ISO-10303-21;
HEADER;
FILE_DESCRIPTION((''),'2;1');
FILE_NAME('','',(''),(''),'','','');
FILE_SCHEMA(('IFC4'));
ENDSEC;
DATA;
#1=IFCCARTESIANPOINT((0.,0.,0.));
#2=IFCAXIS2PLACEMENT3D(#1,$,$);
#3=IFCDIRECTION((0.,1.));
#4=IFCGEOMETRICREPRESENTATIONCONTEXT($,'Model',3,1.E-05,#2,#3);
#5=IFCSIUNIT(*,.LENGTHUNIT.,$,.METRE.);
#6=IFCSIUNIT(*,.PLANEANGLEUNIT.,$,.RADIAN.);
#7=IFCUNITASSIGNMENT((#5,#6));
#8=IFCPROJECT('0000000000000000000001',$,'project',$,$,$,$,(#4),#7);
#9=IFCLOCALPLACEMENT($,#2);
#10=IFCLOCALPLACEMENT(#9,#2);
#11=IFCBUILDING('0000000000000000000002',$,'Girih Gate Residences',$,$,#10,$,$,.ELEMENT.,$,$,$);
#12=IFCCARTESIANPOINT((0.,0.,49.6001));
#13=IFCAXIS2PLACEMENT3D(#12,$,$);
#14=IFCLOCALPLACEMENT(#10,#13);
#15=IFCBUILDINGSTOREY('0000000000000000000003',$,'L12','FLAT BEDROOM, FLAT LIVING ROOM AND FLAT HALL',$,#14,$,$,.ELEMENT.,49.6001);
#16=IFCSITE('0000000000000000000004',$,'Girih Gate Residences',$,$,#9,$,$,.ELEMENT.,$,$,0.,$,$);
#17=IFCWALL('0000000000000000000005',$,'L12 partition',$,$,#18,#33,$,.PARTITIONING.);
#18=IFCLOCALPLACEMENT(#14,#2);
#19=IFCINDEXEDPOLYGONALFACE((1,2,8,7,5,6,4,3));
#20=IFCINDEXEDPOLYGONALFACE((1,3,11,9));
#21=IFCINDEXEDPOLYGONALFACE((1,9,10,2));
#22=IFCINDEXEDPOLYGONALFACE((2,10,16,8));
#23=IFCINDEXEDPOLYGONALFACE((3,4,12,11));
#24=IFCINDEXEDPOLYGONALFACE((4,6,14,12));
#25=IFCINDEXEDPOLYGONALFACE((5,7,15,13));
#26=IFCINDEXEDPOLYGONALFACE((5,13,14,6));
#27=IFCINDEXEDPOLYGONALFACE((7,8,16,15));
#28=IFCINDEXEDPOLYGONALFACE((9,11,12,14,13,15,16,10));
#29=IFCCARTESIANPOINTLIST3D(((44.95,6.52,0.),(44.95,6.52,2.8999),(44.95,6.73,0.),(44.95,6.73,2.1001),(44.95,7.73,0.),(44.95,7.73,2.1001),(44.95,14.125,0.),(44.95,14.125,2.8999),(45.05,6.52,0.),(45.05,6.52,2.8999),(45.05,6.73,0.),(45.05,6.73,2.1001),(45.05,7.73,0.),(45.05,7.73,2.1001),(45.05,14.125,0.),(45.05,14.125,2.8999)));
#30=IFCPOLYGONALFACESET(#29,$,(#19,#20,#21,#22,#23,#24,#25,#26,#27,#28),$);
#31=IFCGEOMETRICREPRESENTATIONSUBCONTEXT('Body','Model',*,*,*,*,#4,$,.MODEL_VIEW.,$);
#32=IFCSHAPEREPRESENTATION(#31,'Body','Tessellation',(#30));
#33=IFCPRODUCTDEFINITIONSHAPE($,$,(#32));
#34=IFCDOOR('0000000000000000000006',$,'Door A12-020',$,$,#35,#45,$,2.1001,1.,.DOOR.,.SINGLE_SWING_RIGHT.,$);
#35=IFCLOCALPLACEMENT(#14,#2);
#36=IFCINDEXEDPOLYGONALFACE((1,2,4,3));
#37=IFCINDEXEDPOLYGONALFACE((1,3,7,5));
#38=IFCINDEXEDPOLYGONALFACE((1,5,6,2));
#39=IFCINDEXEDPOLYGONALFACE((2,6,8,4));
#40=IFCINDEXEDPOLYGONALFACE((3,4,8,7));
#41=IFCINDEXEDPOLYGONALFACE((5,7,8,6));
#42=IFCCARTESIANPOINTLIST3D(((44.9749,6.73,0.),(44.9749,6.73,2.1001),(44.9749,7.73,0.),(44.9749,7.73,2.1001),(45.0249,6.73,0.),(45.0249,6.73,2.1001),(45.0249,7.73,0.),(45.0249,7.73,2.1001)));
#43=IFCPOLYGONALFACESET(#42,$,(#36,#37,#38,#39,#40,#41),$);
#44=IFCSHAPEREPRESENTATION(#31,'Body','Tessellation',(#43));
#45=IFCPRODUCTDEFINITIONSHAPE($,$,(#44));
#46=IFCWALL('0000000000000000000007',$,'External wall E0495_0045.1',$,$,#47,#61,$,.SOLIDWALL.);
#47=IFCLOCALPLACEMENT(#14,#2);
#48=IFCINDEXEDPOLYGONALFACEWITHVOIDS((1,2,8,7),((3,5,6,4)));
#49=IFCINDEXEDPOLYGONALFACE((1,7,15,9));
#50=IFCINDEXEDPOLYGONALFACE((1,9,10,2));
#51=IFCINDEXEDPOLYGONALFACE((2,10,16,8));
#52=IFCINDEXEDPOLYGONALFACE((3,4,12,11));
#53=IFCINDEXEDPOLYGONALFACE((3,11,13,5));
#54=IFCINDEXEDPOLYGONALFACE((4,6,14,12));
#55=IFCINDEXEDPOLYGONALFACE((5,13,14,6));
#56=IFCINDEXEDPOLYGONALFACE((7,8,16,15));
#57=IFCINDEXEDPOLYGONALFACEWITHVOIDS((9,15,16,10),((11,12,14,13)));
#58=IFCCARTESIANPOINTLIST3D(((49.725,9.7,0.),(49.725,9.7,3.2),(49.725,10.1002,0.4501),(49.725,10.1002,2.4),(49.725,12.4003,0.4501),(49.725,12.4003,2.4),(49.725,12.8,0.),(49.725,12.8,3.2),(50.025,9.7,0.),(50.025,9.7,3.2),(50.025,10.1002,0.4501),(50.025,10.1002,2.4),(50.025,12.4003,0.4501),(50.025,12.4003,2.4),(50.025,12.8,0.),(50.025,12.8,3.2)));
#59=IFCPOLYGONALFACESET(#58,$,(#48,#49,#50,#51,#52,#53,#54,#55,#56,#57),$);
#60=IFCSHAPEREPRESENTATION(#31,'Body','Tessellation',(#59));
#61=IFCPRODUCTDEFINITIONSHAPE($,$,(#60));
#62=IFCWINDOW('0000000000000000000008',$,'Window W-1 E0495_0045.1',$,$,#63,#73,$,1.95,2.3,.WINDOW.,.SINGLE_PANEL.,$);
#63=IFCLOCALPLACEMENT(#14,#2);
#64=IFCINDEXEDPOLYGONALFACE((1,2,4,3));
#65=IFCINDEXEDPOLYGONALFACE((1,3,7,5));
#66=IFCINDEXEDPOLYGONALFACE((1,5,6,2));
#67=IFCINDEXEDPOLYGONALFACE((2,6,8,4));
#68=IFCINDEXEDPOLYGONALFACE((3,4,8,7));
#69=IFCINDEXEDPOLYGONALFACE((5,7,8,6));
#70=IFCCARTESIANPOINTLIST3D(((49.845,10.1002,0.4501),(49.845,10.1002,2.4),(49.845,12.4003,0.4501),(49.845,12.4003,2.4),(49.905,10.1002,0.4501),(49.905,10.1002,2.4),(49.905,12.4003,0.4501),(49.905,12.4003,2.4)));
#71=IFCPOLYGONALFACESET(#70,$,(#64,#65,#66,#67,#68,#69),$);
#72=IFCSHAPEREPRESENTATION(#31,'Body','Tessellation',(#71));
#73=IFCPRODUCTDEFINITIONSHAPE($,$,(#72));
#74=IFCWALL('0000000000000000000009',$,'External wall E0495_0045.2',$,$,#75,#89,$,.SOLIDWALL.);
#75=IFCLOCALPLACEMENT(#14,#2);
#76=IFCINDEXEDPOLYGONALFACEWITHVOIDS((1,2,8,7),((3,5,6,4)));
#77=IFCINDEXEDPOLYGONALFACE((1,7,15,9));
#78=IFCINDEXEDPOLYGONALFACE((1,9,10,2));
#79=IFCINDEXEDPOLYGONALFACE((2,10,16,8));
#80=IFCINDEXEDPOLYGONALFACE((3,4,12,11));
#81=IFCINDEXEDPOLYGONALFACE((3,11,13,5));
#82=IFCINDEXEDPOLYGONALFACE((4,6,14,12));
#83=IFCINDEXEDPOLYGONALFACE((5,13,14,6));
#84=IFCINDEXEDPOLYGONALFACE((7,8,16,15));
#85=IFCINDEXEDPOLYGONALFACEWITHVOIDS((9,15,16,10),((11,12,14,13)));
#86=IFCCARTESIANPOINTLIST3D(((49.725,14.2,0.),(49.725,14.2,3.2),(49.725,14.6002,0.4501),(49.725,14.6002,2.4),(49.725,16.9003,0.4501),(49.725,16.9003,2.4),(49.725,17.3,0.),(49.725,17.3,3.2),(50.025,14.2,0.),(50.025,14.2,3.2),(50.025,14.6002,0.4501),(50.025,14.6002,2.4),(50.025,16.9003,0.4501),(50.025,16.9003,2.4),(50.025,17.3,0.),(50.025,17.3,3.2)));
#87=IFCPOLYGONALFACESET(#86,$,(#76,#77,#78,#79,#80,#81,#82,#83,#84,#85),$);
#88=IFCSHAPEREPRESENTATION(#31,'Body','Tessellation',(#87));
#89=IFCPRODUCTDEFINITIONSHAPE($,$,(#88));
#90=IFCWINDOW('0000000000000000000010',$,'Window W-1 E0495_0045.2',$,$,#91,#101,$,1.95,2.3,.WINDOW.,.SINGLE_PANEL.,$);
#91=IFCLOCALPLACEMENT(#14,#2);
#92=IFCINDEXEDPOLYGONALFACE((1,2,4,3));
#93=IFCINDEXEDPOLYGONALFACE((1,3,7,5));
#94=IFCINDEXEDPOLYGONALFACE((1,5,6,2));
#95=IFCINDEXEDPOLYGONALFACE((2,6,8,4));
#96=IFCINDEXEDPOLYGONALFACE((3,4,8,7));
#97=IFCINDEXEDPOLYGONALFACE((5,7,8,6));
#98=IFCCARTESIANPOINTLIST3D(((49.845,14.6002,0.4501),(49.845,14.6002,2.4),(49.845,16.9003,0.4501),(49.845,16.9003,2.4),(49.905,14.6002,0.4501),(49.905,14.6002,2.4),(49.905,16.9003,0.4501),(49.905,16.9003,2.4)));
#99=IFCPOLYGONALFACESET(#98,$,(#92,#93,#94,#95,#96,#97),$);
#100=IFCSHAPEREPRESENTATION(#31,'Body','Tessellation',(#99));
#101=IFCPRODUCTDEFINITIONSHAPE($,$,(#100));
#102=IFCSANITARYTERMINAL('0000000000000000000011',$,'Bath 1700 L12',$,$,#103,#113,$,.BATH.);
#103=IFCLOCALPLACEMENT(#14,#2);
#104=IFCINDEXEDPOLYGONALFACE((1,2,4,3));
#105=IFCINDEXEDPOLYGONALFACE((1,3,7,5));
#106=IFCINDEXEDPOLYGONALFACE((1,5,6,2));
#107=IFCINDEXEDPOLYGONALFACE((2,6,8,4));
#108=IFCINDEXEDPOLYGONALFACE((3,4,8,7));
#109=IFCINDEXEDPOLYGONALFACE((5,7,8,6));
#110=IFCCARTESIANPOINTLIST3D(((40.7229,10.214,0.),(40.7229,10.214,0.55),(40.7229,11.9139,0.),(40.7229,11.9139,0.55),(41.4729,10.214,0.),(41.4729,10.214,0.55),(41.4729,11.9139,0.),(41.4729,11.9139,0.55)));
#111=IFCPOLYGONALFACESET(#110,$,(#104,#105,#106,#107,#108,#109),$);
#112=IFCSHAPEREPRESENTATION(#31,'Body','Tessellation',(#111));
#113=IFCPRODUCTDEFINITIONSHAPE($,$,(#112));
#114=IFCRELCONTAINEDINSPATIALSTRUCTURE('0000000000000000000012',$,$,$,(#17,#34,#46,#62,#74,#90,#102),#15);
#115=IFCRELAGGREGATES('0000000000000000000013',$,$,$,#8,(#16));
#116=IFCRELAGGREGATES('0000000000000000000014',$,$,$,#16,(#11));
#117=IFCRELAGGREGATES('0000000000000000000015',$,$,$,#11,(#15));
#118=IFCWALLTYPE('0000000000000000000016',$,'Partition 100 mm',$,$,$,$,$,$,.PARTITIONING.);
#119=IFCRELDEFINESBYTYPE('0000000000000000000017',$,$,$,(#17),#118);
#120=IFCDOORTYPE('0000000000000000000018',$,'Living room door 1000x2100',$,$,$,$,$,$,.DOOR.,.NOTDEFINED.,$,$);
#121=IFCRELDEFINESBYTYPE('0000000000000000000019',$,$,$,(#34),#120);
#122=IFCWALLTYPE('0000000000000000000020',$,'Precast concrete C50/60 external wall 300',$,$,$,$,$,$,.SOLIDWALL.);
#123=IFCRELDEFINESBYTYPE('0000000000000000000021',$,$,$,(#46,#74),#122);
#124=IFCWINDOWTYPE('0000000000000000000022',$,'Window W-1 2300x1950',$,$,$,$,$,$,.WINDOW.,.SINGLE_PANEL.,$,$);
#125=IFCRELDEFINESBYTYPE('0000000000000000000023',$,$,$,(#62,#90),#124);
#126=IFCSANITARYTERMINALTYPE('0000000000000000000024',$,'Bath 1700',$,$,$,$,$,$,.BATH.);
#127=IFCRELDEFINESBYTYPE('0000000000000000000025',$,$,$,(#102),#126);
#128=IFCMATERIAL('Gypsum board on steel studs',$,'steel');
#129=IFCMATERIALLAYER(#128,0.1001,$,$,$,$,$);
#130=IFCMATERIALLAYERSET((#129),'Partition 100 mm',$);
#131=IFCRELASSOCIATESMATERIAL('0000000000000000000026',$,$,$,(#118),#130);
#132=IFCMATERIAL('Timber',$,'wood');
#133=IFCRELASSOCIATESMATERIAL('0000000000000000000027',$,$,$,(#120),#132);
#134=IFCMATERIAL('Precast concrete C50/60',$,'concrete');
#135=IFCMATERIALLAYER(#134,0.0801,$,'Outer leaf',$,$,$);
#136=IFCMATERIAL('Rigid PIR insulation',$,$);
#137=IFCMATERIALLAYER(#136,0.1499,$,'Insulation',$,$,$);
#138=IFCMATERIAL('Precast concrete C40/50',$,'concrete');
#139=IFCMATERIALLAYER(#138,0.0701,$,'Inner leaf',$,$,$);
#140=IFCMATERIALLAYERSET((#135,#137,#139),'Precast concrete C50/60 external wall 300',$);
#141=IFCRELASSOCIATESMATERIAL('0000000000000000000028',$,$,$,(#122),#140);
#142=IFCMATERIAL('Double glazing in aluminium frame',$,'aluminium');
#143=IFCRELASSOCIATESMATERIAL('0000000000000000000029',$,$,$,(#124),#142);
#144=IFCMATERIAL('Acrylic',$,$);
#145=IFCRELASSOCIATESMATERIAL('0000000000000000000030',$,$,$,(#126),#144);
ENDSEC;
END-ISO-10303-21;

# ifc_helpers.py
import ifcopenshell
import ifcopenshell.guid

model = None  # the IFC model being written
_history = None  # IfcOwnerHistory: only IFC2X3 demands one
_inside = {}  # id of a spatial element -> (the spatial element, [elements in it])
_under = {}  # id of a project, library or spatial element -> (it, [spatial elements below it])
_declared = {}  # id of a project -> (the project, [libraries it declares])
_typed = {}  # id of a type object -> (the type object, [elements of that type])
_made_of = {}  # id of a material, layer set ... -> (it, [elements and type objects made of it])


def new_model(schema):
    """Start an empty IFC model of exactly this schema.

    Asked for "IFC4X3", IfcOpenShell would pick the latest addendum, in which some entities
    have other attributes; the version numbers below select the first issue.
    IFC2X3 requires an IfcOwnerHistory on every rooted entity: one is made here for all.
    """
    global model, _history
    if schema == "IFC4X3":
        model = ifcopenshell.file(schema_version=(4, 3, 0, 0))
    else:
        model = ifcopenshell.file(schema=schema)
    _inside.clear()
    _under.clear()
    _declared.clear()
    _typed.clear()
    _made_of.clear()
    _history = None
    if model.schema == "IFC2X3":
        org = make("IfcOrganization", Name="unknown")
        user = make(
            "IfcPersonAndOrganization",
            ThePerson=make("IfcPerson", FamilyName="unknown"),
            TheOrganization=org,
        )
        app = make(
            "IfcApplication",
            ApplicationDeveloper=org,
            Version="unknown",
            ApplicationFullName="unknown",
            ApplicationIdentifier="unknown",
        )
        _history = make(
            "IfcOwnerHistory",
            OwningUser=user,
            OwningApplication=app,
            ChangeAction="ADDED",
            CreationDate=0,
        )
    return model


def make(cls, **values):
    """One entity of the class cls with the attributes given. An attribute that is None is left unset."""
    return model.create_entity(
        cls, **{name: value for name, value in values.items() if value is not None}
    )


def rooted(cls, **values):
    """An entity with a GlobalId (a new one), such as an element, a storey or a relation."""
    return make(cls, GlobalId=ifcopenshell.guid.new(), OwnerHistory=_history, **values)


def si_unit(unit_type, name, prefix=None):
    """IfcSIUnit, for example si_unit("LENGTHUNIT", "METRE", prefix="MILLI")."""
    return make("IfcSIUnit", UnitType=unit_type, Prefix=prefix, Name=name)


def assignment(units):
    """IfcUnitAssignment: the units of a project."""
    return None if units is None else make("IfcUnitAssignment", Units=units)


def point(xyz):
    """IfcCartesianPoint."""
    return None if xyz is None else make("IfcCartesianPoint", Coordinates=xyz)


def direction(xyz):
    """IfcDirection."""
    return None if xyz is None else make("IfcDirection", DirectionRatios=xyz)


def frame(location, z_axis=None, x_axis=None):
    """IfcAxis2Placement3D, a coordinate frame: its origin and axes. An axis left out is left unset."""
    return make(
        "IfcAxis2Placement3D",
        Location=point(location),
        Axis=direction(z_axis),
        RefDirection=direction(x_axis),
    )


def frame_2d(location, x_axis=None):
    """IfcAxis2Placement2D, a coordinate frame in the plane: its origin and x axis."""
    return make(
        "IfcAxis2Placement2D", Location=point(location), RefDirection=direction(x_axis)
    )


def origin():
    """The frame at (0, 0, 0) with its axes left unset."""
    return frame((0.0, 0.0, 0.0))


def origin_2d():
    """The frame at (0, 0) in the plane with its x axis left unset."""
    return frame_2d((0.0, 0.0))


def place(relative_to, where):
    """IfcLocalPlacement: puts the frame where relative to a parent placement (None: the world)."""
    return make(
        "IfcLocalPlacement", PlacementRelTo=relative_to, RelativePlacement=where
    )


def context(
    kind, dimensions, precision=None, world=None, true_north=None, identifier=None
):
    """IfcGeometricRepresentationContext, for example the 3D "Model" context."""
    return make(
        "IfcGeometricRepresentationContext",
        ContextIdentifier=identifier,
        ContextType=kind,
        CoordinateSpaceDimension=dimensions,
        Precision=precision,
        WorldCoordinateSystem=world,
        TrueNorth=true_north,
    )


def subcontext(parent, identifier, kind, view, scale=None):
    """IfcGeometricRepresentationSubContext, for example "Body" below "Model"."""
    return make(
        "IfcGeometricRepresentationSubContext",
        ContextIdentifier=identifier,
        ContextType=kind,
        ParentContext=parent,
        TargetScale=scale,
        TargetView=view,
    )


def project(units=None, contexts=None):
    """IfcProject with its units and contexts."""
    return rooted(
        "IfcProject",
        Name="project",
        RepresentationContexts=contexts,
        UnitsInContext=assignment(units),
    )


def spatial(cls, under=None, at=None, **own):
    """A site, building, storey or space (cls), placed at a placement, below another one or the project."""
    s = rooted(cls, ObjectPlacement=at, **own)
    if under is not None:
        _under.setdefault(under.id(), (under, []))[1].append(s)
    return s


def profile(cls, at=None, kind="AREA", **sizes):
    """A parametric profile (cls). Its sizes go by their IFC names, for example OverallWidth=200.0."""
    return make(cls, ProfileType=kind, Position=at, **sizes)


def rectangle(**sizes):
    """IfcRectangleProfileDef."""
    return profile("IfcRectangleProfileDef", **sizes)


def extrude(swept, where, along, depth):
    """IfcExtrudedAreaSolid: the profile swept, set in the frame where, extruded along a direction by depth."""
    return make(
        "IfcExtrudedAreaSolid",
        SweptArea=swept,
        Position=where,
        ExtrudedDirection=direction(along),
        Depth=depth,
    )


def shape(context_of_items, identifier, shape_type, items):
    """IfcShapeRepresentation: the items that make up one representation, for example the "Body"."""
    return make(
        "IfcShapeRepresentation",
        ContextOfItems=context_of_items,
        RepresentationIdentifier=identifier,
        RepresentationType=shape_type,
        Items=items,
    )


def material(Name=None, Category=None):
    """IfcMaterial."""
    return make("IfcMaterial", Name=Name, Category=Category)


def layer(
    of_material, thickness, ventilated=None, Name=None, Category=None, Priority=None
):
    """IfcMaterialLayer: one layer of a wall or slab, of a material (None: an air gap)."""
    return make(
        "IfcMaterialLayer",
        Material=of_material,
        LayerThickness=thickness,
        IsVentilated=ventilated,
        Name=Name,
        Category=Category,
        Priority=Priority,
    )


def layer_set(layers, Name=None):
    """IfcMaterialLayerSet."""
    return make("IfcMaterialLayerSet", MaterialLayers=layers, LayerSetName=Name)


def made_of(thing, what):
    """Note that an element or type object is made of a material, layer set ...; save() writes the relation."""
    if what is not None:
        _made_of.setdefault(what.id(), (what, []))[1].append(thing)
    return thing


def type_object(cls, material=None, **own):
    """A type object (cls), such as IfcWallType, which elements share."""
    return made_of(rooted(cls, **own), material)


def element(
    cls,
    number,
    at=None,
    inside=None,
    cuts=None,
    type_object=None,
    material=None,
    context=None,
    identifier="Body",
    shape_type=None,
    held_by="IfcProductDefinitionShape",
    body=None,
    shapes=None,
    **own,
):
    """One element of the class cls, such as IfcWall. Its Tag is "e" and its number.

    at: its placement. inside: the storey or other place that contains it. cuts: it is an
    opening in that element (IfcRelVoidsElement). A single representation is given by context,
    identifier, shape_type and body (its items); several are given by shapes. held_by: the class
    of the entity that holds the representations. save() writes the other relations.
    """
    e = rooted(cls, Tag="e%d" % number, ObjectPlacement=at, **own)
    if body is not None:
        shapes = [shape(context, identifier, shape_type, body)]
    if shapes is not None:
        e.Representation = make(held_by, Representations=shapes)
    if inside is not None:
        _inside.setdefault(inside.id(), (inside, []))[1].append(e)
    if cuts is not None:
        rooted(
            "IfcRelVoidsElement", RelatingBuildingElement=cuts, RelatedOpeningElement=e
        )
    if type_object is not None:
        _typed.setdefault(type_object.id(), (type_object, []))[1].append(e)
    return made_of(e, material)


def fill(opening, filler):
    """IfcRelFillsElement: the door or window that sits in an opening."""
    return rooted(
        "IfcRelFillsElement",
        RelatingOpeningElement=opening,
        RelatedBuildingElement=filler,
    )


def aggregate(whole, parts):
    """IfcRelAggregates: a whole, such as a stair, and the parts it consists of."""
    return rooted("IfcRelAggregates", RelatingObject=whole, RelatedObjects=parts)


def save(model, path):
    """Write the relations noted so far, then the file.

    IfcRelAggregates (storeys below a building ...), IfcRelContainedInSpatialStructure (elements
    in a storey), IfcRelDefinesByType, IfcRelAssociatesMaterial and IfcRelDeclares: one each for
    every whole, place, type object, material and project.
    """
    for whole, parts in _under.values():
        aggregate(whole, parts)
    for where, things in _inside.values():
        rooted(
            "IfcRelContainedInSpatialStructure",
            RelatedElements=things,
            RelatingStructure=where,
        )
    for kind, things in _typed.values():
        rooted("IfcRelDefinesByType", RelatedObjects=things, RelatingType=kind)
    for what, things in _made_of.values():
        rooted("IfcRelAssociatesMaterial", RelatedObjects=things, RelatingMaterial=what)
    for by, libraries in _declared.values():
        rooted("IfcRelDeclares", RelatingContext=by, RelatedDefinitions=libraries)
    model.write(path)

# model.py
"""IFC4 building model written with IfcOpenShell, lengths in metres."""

from ifc_helpers import new_model, si_unit, direction, frame, frame_2d, origin, origin_2d, place, context, subcontext, project, spatial, rectangle, extrude, material, layer, layer_set, type_object, element, fill, save


model = new_model("IFC4")

# Units and contexts
model_context = context("Model", 3, precision=1e-05, world=origin(), true_north=direction((0.0, 1.0)))
body_context = subcontext(model_context, "Body", "Model", "MODEL_VIEW")
ifc_project = project(units=[si_unit("LENGTHUNIT", "METRE"), si_unit("PLANEANGLEUNIT", "RADIAN")], contexts=[model_context])

# Site, building, storey
site_placement = place(None, origin())
site = spatial("IfcSite", under=ifc_project, at=site_placement, Name="Girih Gate Residences", CompositionType="ELEMENT", RefElevation=0.0)
building_placement = place(site_placement, origin())
building = spatial("IfcBuilding", under=site, at=building_placement, Name="Girih Gate Residences", CompositionType="ELEMENT")
storey_placement = place(building_placement, frame((0.0, 0.0, 49.6001)))
storey = spatial("IfcBuildingStorey", under=building, at=storey_placement, Name="L12", Description="FLAT BEDROOM, FLAT LIVING ROOM AND FLAT HALL", CompositionType="ELEMENT", Elevation=49.6001)

# Shared definitions
ifc_material_1 = material(Name="Gypsum board on steel studs", Category="steel")

# Shared definitions
ifc_material_2 = material(Name="Timber", Category="wood")

# Wall, opening, door
ifc_layer_1 = layer(ifc_material_1, 0.1001)
ifc_layer_set_1 = layer_set([ifc_layer_1], Name="Partition 100 mm")
wall_type_1 = type_object("IfcWallType", Name="Partition 100 mm", PredefinedType="PARTITIONING", material=ifc_layer_set_1)
wall_1_placement = place(storey_placement, frame((45.0, 14.125, 0.0), z_axis=(0.0, 0.0, 1.0), x_axis=(0.0, -1.0, 0.0)))
wall_1 = element("IfcWall", 1, at=wall_1_placement, inside=storey, type_object=wall_type_1, Name="L12 partition", PredefinedType="PARTITIONING", context=body_context, shape_type="SweptSolid", body=[
    extrude(rectangle(XDim=7.605, YDim=0.1001, at=frame_2d((3.8025, 0.0))), origin(), (0.0, 0.0, 1.0), 2.8999),
])
opening_1_placement = place(wall_1_placement, frame((6.395, 0.0, 0.0)))
opening_1 = element("IfcOpeningElement", 2, at=opening_1_placement, cuts=wall_1, PredefinedType="OPENING", context=body_context, shape_type="SweptSolid", body=[
    extrude(rectangle(XDim=1.0, YDim=2.1001, at=frame_2d((0.5, 1.05))), frame((0.0, 0.0601, 0.0), z_axis=(0.0, -1.0, 0.0), x_axis=(1.0, 0.0, 0.0)), (0.0, 0.0, 1.0), 0.1201),
])
door_type_1 = type_object("IfcDoorType", Name="Living room door 1000x2100", OperationType="NOTDEFINED", PredefinedType="DOOR", material=ifc_material_2)
door_1_placement = place(opening_1_placement, origin())
door_1 = element("IfcDoor", 3, at=door_1_placement, inside=storey, type_object=door_type_1, Name="Door A12-020", OperationType="SINGLE_SWING_RIGHT", OverallHeight=2.1001, OverallWidth=1.0, PredefinedType="DOOR", context=body_context, shape_type="SweptSolid", body=[
    extrude(rectangle(XDim=1.0, YDim=2.1001, at=frame_2d((0.5, 1.05))), frame((0.0, 0.0249, 0.0), z_axis=(0.0, -1.0, 0.0), x_axis=(1.0, 0.0, 0.0)), (0.0, 0.0, 1.0), 0.05),
])
fill(opening_1, door_1)

# Walls, openings, windows
ifc_material_3 = material(Name="Precast concrete C50/60", Category="concrete")
ifc_layer_2 = layer(ifc_material_3, 0.0801, Name="Outer leaf")
ifc_material_4 = material(Name="Rigid PIR insulation")
ifc_layer_3 = layer(ifc_material_4, 0.1499, Name="Insulation")
ifc_material_5 = material(Name="Precast concrete C40/50", Category="concrete")
ifc_layer_4 = layer(ifc_material_5, 0.0701, Name="Inner leaf")
ifc_layer_set_2 = layer_set([ifc_layer_2, ifc_layer_3, ifc_layer_4], Name="Precast concrete C50/60 external wall 300")
wall_type_2 = type_object("IfcWallType", Name="Precast concrete C50/60 external wall 300", PredefinedType="SOLIDWALL", material=ifc_layer_set_2)
wall_2_placement = place(storey_placement, frame((49.875, 12.8, 0.0), z_axis=(0.0, 0.0, 1.0), x_axis=(0.0, -1.0, 0.0)))
wall_2 = element("IfcWall", 4, at=wall_2_placement, inside=storey, type_object=wall_type_2, Name="External wall E0495_0045.1", PredefinedType="SOLIDWALL", context=body_context, shape_type="SweptSolid", body=[
    extrude(rectangle(XDim=3.1001, YDim=0.3, at=frame_2d((1.55, 0.0))), origin(), (0.0, 0.0, 1.0), 3.2),
])
opening_2_placement = place(wall_2_placement, frame((0.3999, 0.0, 0.45)))
opening_2 = element("IfcOpeningElement", 5, at=opening_2_placement, cuts=wall_2, PredefinedType="OPENING", context=body_context, shape_type="SweptSolid", body=[
    extrude(rectangle(XDim=2.3, YDim=1.95, at=frame_2d((1.1499, 0.9751))), frame((0.0, 0.1599, 0.0), z_axis=(0.0, -1.0, 0.0), x_axis=(1.0, 0.0, 0.0)), (0.0, 0.0, 1.0), 0.3201),
])
ifc_material_6 = material(Name="Double glazing in aluminium frame", Category="aluminium")
window_type = type_object("IfcWindowType", Name="Window W-1 2300x1950", PartitioningType="SINGLE_PANEL", PredefinedType="WINDOW", material=ifc_material_6)
window_1_placement = place(opening_2_placement, origin())
window_1 = element("IfcWindow", 6, at=window_1_placement, inside=storey, type_object=window_type, Name="Window W-1 E0495_0045.1", OverallHeight=1.95, OverallWidth=2.3, PartitioningType="SINGLE_PANEL", PredefinedType="WINDOW", context=body_context, shape_type="SweptSolid", body=[
    extrude(rectangle(XDim=2.3, YDim=1.95, at=frame_2d((1.1499, 0.9751))), frame((0.0, 0.03, 0.0), z_axis=(0.0, -1.0, 0.0), x_axis=(1.0, 0.0, 0.0)), (0.0, 0.0, 1.0), 0.0601),
])
fill(opening_2, window_1)
wall_3_placement = place(storey_placement, frame((49.875, 17.3, 0.0), z_axis=(0.0, 0.0, 1.0), x_axis=(0.0, -1.0, 0.0)))
wall_3 = element("IfcWall", 7, at=wall_3_placement, inside=storey, type_object=wall_type_2, Name="External wall E0495_0045.2", PredefinedType="SOLIDWALL", context=body_context, shape_type="SweptSolid", body=[
    extrude(rectangle(XDim=3.1001, YDim=0.3, at=frame_2d((1.55, 0.0))), origin(), (0.0, 0.0, 1.0), 3.2),
])
opening_3_placement = place(wall_3_placement, frame((0.3999, 0.0, 0.45)))
opening_3 = element("IfcOpeningElement", 8, at=opening_3_placement, cuts=wall_3, PredefinedType="OPENING", context=body_context, shape_type="SweptSolid", body=[
    extrude(rectangle(XDim=2.3, YDim=1.95, at=frame_2d((1.1499, 0.9751))), frame((0.0, 0.1599, 0.0), z_axis=(0.0, -1.0, 0.0), x_axis=(1.0, 0.0, 0.0)), (0.0, 0.0, 1.0), 0.3201),
])
window_2_placement = place(opening_3_placement, origin())
window_2 = element("IfcWindow", 9, at=window_2_placement, inside=storey, type_object=window_type, Name="Window W-1 E0495_0045.2", OverallHeight=1.95, OverallWidth=2.3, PartitioningType="SINGLE_PANEL", PredefinedType="WINDOW", context=body_context, shape_type="SweptSolid", body=[
    extrude(rectangle(XDim=2.3, YDim=1.95, at=frame_2d((1.1499, 0.9751))), frame((0.0, 0.03, 0.0), z_axis=(0.0, -1.0, 0.0), x_axis=(1.0, 0.0, 0.0)), (0.0, 0.0, 1.0), 0.0601),
])
fill(opening_3, window_2)

# Sanitary terminal
ifc_material_7 = material(Name="Acrylic")
sanitary_terminal_type = type_object("IfcSanitaryTerminalType", Name="Bath 1700", PredefinedType="BATH", material=ifc_material_7)
sanitary_terminal_placement = place(storey_placement, frame((41.0979, 11.064, 0.0), z_axis=(0.0, 0.0, 1.0), x_axis=(1.0, 0.0, 0.0)))
element("IfcSanitaryTerminal", 10, at=sanitary_terminal_placement, inside=storey, type_object=sanitary_terminal_type, Name="Bath 1700 L12", PredefinedType="BATH", context=body_context, shape_type="SweptSolid", body=[
    extrude(rectangle(XDim=0.75, YDim=1.7, at=origin_2d()), origin(), (0.0, 0.0, 1.0), 0.55),
])

save(model, "model.ifc")
